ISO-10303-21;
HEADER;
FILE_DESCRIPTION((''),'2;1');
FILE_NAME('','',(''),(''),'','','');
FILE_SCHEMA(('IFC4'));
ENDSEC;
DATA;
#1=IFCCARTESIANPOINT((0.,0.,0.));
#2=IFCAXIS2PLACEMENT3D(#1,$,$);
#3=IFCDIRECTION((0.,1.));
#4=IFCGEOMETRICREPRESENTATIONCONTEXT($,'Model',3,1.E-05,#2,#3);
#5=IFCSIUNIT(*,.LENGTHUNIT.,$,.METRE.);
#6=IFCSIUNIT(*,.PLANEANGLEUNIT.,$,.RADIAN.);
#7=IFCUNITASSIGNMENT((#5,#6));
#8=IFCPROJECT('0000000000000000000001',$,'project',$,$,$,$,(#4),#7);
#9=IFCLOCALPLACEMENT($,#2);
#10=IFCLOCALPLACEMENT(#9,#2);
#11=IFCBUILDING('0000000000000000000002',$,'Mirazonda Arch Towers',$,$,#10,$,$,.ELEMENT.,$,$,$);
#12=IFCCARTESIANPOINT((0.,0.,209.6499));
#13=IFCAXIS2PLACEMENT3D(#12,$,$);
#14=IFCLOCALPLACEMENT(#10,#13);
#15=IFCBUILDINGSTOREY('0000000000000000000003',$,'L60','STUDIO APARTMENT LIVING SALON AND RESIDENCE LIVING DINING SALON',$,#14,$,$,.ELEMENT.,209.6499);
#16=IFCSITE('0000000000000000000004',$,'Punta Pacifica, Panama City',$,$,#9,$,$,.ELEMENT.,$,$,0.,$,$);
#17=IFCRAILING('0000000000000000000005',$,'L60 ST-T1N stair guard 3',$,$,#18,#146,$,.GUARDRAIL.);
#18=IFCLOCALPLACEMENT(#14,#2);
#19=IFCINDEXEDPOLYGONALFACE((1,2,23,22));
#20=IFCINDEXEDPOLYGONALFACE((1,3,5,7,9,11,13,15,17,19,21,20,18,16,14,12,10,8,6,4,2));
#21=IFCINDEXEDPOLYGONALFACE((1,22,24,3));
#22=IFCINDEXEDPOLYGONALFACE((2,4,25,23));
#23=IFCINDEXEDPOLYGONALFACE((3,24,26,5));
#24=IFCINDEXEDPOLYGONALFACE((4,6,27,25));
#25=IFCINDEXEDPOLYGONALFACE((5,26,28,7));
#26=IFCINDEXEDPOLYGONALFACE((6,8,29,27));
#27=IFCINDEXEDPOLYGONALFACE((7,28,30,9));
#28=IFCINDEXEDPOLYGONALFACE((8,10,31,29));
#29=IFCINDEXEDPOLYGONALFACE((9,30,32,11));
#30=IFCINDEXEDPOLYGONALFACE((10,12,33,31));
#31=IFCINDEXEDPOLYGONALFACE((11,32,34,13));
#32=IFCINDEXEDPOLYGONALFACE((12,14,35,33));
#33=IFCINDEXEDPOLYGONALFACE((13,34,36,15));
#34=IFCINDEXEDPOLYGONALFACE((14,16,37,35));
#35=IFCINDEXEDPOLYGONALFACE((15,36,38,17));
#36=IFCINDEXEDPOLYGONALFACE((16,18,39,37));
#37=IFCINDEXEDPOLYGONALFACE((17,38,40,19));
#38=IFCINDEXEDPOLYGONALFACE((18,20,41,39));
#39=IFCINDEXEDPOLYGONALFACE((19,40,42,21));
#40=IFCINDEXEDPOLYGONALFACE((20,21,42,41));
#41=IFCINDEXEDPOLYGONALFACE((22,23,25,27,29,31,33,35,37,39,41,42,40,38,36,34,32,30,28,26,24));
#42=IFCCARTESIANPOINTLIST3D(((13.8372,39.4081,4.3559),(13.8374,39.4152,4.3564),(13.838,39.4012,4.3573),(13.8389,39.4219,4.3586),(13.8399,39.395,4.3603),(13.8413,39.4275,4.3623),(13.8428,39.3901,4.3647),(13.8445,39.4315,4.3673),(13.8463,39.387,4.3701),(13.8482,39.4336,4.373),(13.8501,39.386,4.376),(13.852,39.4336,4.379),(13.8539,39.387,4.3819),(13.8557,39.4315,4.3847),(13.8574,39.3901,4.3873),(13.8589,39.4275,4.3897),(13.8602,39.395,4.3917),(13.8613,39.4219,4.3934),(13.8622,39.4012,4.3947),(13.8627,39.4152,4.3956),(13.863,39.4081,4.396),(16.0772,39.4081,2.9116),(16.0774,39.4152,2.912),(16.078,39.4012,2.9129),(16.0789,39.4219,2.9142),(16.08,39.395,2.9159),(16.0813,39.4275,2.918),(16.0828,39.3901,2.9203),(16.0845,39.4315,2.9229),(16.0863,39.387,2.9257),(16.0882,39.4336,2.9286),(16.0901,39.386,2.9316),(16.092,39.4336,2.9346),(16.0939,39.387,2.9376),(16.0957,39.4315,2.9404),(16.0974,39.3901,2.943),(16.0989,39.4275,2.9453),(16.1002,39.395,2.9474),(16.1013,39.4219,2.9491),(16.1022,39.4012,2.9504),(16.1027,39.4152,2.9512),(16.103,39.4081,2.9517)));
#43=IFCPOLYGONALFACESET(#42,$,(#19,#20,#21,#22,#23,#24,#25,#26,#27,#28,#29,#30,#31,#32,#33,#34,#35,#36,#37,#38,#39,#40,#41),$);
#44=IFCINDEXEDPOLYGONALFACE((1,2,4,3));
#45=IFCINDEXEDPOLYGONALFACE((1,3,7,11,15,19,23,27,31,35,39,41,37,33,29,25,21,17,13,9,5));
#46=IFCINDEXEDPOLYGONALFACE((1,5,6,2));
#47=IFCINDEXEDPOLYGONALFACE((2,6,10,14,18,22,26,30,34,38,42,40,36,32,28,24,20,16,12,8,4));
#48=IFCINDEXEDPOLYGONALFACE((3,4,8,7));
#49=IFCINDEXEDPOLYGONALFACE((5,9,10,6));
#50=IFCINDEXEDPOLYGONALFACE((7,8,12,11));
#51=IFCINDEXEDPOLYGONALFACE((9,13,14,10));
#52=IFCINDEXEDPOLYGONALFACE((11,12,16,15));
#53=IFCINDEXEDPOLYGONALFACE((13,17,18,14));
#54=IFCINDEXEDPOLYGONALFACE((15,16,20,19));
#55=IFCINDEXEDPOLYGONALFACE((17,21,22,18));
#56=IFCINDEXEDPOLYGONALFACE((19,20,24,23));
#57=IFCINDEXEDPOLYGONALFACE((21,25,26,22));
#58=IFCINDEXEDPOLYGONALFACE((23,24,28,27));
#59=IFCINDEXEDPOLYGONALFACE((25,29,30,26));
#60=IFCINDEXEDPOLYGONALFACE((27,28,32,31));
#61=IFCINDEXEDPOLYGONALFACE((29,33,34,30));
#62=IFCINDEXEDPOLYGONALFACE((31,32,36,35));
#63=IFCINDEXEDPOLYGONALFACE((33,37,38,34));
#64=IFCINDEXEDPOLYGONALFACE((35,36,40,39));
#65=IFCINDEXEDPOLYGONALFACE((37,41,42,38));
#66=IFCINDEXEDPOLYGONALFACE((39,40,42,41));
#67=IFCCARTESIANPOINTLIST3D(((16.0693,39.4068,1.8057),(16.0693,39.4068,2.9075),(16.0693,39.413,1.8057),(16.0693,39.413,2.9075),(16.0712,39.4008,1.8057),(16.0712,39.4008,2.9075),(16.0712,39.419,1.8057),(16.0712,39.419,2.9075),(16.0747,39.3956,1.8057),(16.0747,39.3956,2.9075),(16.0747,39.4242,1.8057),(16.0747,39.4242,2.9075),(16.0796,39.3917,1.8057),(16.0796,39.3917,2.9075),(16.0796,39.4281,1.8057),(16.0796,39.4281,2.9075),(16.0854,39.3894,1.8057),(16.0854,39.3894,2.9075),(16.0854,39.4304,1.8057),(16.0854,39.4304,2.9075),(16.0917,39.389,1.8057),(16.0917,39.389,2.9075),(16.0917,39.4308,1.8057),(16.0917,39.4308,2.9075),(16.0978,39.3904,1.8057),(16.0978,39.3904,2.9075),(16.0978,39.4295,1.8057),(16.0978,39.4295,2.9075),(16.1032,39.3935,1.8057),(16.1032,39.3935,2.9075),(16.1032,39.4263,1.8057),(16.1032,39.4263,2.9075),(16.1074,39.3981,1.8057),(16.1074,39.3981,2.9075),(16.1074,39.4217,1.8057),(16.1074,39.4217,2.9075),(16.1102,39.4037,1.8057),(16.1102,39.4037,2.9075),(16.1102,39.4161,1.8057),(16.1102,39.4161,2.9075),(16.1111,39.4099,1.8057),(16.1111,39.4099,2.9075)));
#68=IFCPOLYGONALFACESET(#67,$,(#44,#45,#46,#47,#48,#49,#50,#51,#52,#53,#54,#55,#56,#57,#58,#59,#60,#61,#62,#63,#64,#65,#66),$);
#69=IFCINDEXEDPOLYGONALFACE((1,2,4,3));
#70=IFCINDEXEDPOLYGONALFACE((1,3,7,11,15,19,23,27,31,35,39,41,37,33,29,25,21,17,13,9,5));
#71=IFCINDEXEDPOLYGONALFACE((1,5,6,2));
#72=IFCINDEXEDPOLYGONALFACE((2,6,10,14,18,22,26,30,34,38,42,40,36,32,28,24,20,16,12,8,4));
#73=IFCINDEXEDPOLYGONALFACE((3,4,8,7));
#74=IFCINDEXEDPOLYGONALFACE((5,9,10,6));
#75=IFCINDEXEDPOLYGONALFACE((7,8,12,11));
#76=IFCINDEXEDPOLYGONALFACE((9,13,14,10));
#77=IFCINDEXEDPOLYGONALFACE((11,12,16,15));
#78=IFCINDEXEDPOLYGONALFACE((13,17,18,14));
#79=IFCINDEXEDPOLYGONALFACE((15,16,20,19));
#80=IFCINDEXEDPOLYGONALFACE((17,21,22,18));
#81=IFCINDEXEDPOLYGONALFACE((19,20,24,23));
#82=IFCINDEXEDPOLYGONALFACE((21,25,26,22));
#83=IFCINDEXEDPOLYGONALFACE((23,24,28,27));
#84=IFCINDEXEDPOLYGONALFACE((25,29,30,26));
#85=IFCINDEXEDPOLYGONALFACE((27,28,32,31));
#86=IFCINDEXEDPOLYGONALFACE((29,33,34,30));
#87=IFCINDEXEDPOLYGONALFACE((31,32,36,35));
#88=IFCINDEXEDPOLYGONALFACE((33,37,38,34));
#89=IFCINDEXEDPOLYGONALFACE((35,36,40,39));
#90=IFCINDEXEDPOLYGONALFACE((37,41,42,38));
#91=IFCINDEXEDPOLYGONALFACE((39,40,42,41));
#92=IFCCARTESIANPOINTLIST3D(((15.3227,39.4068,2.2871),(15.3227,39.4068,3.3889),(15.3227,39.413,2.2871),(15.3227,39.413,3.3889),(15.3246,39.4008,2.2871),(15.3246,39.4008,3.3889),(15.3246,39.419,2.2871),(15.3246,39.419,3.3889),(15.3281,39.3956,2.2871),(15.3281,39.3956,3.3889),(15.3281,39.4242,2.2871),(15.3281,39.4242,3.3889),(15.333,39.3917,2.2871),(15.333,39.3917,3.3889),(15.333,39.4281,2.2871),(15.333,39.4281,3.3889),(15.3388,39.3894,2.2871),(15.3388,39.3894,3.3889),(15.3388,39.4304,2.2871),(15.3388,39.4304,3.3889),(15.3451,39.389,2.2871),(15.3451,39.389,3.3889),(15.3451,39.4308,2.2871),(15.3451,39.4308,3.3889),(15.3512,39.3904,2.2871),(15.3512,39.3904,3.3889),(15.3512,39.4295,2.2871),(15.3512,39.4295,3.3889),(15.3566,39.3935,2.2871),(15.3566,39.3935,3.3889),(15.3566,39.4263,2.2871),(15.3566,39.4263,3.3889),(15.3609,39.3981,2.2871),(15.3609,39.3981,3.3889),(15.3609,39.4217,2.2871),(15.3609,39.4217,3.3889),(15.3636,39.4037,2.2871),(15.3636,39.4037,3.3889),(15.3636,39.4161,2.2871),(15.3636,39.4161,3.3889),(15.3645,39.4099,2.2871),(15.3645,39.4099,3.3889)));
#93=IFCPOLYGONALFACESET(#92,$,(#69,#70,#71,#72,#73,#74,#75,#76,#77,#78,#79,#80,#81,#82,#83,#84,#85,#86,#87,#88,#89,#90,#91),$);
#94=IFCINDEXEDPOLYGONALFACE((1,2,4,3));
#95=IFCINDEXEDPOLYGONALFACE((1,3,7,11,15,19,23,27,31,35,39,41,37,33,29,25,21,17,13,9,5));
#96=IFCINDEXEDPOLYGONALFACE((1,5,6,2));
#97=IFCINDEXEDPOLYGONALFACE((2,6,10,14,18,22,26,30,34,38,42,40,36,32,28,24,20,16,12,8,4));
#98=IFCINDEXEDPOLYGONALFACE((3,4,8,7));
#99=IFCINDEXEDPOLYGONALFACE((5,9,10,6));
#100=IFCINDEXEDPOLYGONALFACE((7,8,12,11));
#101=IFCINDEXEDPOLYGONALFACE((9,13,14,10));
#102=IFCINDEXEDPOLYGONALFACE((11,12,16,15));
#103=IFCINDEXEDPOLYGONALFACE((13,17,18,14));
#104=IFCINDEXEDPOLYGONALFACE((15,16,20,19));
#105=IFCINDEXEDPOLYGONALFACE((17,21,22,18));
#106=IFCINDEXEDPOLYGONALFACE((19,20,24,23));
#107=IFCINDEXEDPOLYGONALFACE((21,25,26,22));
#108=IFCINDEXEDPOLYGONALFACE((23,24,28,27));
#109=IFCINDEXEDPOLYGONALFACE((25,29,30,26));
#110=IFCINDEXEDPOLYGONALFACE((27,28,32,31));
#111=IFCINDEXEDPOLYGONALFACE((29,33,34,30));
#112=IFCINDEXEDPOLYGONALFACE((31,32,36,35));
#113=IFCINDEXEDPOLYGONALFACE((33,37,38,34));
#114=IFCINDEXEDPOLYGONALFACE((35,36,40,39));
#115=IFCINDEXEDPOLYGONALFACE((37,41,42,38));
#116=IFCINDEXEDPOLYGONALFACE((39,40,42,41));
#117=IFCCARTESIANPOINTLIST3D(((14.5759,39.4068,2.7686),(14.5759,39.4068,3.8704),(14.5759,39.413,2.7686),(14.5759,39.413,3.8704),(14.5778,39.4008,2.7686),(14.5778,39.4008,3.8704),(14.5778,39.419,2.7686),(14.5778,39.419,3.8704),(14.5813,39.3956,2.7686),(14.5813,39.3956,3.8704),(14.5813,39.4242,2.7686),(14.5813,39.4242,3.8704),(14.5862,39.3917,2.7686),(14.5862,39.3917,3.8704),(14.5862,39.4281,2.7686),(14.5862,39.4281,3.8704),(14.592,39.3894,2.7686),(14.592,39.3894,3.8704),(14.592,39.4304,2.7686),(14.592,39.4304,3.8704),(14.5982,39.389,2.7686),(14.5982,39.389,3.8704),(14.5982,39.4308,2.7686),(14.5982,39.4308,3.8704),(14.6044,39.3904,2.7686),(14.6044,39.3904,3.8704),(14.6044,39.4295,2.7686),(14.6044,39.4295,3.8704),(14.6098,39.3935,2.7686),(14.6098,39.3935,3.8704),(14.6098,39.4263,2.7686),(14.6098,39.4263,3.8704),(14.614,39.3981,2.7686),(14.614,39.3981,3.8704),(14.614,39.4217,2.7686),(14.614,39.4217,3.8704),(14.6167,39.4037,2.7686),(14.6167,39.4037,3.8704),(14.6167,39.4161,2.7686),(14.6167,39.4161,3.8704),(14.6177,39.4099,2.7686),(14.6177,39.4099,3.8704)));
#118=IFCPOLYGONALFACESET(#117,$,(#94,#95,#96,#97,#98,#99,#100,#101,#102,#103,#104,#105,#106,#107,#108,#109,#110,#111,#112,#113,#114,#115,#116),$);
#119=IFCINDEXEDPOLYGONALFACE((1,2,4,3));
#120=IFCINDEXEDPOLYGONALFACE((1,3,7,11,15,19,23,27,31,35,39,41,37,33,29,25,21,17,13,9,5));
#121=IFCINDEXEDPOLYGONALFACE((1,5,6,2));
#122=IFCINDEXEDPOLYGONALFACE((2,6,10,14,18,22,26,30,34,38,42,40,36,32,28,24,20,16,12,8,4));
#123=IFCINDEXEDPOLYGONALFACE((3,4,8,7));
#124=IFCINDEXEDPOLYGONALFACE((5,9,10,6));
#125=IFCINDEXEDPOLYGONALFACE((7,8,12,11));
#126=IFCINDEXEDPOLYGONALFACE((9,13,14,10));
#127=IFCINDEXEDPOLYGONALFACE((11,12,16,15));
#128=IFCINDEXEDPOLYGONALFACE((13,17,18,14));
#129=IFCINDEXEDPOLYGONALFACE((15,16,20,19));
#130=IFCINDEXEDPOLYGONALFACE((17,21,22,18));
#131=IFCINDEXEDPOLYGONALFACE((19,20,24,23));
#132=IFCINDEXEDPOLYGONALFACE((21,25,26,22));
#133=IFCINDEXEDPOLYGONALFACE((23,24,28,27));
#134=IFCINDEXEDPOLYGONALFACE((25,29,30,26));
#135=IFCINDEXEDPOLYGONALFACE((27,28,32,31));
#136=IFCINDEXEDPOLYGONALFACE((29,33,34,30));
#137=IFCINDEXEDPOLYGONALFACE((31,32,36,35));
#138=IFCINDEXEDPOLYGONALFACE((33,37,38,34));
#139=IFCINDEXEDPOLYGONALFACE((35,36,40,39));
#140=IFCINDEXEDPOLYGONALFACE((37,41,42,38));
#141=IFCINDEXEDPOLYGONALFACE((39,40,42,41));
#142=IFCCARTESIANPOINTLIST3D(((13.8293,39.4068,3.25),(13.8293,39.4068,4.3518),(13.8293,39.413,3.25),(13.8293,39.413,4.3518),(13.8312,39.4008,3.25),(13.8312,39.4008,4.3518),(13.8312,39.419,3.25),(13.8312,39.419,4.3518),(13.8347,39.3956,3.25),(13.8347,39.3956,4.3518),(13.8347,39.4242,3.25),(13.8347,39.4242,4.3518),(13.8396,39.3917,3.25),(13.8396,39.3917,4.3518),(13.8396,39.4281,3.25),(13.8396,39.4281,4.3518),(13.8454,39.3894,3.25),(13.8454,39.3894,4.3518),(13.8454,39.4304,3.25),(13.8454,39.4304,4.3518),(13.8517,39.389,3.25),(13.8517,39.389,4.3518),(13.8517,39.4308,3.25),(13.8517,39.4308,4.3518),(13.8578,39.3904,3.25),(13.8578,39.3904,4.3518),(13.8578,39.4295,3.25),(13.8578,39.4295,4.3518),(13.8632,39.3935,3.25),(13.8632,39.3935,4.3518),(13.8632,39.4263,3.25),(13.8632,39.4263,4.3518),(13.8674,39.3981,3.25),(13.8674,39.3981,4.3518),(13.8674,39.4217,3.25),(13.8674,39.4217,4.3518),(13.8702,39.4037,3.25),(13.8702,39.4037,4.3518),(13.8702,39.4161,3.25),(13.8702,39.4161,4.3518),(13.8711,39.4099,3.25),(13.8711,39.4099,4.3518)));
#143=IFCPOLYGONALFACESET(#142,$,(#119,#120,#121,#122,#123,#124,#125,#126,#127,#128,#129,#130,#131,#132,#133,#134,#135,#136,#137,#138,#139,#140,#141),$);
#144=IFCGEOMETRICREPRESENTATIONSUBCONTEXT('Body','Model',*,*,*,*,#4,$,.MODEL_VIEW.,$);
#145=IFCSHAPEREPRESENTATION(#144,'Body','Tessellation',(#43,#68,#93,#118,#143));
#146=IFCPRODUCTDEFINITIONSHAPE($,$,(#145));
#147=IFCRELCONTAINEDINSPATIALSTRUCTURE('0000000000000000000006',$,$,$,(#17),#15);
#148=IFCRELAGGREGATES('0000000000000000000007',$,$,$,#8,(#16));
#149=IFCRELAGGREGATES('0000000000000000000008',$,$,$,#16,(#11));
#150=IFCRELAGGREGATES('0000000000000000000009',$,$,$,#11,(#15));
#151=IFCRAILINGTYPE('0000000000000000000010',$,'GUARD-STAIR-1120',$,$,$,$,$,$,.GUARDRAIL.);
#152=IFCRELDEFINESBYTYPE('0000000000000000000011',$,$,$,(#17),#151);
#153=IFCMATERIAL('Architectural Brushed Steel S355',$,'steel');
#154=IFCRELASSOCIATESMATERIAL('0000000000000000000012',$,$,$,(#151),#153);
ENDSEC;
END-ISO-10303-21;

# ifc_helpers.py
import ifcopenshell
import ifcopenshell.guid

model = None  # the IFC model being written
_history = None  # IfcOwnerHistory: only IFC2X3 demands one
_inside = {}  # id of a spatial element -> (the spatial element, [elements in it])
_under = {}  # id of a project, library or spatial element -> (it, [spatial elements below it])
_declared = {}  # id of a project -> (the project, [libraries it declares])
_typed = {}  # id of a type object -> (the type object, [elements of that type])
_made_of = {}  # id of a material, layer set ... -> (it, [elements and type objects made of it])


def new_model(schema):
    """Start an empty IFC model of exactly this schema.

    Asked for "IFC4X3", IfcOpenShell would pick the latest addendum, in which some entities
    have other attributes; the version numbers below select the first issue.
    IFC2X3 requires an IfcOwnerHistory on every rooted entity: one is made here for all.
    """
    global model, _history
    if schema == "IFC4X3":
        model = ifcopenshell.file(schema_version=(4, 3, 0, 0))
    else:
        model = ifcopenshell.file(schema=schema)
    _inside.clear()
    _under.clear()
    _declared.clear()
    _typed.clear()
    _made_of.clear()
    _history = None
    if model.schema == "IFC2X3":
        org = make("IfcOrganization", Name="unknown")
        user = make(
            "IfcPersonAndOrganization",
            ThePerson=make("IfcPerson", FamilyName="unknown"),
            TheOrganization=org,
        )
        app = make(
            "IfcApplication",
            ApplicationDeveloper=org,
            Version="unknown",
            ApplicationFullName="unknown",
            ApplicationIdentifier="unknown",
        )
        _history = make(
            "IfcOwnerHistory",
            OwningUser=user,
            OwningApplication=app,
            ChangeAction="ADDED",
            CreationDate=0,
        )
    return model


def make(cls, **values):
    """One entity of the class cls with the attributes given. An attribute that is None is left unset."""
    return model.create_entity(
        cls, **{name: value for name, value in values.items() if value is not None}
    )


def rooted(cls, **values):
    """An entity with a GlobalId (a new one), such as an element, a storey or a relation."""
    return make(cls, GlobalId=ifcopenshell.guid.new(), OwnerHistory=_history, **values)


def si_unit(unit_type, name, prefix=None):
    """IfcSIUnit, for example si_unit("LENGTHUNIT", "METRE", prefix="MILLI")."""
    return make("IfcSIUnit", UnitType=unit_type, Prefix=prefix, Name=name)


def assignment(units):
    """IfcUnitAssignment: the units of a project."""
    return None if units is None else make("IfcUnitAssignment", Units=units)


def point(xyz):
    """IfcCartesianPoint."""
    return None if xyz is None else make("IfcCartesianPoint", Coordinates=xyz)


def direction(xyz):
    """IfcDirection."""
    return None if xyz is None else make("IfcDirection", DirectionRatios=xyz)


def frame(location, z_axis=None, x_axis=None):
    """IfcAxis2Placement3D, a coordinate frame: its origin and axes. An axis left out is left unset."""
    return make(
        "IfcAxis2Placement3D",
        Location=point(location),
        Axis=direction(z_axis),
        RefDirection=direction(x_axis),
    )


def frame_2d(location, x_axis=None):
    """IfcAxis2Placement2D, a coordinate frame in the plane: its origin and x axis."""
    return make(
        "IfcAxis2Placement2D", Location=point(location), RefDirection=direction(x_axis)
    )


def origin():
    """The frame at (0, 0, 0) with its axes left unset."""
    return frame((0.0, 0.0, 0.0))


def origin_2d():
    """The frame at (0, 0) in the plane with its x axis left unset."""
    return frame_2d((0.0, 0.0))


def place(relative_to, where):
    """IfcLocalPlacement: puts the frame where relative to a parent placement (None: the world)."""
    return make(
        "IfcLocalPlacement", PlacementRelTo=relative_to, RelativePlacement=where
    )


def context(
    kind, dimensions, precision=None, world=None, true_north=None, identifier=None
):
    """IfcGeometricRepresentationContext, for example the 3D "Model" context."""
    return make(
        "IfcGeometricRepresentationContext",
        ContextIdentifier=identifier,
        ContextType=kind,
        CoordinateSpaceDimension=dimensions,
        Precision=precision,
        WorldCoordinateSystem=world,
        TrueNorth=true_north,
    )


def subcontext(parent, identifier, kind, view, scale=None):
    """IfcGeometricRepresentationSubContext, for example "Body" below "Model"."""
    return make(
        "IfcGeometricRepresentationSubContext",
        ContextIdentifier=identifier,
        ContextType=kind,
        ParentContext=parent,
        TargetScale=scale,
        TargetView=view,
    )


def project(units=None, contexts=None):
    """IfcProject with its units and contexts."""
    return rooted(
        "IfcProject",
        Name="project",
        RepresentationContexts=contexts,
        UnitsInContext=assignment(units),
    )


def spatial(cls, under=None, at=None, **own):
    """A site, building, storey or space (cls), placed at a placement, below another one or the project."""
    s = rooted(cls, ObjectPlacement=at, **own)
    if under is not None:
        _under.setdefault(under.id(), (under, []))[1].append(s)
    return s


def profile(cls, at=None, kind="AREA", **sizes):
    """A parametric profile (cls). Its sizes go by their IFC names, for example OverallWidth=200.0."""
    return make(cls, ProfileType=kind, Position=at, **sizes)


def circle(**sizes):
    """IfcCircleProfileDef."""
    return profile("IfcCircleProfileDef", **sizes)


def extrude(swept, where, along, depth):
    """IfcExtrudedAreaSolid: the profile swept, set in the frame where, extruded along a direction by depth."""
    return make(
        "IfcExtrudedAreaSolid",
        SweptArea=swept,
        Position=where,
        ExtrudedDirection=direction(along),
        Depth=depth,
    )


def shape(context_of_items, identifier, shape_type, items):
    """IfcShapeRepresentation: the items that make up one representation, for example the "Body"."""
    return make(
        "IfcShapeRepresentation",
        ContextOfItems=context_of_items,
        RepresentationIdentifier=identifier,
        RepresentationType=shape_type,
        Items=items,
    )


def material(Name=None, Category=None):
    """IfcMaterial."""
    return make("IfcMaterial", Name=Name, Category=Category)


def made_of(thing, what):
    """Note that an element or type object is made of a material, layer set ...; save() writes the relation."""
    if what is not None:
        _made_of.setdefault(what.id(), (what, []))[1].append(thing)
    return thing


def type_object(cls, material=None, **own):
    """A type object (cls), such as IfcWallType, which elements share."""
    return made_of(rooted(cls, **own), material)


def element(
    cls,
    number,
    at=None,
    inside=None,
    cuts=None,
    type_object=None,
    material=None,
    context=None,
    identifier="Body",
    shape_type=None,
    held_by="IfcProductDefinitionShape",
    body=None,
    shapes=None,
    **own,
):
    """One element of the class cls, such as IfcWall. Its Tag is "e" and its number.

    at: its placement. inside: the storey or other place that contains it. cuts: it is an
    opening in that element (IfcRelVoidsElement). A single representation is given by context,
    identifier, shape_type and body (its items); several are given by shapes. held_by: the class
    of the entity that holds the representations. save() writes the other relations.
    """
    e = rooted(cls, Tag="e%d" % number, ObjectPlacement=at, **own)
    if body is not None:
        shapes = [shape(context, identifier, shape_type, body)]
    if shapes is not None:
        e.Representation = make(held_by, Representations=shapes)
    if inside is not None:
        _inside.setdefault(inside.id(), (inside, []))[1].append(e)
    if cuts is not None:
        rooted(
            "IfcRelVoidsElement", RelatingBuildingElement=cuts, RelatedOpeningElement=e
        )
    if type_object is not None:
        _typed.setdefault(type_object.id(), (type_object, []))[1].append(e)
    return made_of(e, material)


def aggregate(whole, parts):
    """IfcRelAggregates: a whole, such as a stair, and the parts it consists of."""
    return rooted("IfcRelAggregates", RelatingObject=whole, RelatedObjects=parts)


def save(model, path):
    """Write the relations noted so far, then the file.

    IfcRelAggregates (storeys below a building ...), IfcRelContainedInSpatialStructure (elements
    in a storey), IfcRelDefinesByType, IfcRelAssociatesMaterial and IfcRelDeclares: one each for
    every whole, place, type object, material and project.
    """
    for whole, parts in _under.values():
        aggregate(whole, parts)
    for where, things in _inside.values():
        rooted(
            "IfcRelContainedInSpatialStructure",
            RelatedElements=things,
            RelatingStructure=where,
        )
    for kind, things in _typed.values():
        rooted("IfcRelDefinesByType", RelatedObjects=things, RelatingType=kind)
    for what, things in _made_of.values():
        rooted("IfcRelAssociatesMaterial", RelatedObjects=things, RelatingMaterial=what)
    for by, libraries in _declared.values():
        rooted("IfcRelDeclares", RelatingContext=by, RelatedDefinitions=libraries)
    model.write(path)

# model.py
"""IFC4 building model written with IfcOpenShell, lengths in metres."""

from ifc_helpers import new_model, si_unit, direction, frame, origin, origin_2d, place, context, subcontext, project, spatial, circle, extrude, material, type_object, element, save


model = new_model("IFC4")

# Units and contexts
model_context = context("Model", 3, precision=1e-05, world=origin(), true_north=direction((0.0, 1.0)))
body_context = subcontext(model_context, "Body", "Model", "MODEL_VIEW")
ifc_project = project(units=[si_unit("LENGTHUNIT", "METRE"), si_unit("PLANEANGLEUNIT", "RADIAN")], contexts=[model_context])

# Site, building, storey
site_placement = place(None, origin())
site = spatial("IfcSite", under=ifc_project, at=site_placement, Name="Punta Pacifica, Panama City", CompositionType="ELEMENT", RefElevation=0.0)
building_placement = place(site_placement, origin())
building = spatial("IfcBuilding", under=site, at=building_placement, Name="Mirazonda Arch Towers", CompositionType="ELEMENT")
storey_placement = place(building_placement, frame((0.0, 0.0, 209.6499)))
storey = spatial("IfcBuildingStorey", under=building, at=storey_placement, Name="L60", Description="STUDIO APARTMENT LIVING SALON AND RESIDENCE LIVING DINING SALON", CompositionType="ELEMENT", Elevation=209.6499)

# Shared definitions
ifc_material_1 = material(Name="Architectural Brushed Steel S355", Category="steel")

# Railing
railing_type_1 = type_object("IfcRailingType", Name="GUARD-STAIR-1120", PredefinedType="GUARDRAIL", material=ifc_material_1)
railing_1_placement = place(storey_placement, frame((16.0901, 39.4099, 1.8057)))
element("IfcRailing", 1, at=railing_1_placement, inside=storey, type_object=railing_type_1, Name="L60 ST-T1N stair guard 3", PredefinedType="GUARDRAIL", context=body_context, shape_type="SweptSolid", body=[
    extrude(circle(Radius=0.0239, at=origin_2d()), frame((0.0, 0.0, 1.126), z_axis=(-0.840437, 0.0, 0.54191), x_axis=(0.0, -1.0, 0.0)), (0.0, 0.0, 1.0), 2.6653),
    extrude(circle(Radius=0.021, at=origin_2d()), origin(), (0.0, 0.0, 1.0), 1.1018),
    extrude(circle(Radius=0.021, at=origin_2d()), frame((-0.7466, 0.0, 0.4814)), (0.0, 0.0, 1.0), 1.1018),
    extrude(circle(Radius=0.021, at=origin_2d()), frame((-1.4934, 0.0, 0.9629)), (0.0, 0.0, 1.0), 1.1018),
    extrude(circle(Radius=0.021, at=origin_2d()), frame((-2.24, 0.0, 1.4443)), (0.0, 0.0, 1.0), 1.1018),
])

save(model, "model.ifc")
